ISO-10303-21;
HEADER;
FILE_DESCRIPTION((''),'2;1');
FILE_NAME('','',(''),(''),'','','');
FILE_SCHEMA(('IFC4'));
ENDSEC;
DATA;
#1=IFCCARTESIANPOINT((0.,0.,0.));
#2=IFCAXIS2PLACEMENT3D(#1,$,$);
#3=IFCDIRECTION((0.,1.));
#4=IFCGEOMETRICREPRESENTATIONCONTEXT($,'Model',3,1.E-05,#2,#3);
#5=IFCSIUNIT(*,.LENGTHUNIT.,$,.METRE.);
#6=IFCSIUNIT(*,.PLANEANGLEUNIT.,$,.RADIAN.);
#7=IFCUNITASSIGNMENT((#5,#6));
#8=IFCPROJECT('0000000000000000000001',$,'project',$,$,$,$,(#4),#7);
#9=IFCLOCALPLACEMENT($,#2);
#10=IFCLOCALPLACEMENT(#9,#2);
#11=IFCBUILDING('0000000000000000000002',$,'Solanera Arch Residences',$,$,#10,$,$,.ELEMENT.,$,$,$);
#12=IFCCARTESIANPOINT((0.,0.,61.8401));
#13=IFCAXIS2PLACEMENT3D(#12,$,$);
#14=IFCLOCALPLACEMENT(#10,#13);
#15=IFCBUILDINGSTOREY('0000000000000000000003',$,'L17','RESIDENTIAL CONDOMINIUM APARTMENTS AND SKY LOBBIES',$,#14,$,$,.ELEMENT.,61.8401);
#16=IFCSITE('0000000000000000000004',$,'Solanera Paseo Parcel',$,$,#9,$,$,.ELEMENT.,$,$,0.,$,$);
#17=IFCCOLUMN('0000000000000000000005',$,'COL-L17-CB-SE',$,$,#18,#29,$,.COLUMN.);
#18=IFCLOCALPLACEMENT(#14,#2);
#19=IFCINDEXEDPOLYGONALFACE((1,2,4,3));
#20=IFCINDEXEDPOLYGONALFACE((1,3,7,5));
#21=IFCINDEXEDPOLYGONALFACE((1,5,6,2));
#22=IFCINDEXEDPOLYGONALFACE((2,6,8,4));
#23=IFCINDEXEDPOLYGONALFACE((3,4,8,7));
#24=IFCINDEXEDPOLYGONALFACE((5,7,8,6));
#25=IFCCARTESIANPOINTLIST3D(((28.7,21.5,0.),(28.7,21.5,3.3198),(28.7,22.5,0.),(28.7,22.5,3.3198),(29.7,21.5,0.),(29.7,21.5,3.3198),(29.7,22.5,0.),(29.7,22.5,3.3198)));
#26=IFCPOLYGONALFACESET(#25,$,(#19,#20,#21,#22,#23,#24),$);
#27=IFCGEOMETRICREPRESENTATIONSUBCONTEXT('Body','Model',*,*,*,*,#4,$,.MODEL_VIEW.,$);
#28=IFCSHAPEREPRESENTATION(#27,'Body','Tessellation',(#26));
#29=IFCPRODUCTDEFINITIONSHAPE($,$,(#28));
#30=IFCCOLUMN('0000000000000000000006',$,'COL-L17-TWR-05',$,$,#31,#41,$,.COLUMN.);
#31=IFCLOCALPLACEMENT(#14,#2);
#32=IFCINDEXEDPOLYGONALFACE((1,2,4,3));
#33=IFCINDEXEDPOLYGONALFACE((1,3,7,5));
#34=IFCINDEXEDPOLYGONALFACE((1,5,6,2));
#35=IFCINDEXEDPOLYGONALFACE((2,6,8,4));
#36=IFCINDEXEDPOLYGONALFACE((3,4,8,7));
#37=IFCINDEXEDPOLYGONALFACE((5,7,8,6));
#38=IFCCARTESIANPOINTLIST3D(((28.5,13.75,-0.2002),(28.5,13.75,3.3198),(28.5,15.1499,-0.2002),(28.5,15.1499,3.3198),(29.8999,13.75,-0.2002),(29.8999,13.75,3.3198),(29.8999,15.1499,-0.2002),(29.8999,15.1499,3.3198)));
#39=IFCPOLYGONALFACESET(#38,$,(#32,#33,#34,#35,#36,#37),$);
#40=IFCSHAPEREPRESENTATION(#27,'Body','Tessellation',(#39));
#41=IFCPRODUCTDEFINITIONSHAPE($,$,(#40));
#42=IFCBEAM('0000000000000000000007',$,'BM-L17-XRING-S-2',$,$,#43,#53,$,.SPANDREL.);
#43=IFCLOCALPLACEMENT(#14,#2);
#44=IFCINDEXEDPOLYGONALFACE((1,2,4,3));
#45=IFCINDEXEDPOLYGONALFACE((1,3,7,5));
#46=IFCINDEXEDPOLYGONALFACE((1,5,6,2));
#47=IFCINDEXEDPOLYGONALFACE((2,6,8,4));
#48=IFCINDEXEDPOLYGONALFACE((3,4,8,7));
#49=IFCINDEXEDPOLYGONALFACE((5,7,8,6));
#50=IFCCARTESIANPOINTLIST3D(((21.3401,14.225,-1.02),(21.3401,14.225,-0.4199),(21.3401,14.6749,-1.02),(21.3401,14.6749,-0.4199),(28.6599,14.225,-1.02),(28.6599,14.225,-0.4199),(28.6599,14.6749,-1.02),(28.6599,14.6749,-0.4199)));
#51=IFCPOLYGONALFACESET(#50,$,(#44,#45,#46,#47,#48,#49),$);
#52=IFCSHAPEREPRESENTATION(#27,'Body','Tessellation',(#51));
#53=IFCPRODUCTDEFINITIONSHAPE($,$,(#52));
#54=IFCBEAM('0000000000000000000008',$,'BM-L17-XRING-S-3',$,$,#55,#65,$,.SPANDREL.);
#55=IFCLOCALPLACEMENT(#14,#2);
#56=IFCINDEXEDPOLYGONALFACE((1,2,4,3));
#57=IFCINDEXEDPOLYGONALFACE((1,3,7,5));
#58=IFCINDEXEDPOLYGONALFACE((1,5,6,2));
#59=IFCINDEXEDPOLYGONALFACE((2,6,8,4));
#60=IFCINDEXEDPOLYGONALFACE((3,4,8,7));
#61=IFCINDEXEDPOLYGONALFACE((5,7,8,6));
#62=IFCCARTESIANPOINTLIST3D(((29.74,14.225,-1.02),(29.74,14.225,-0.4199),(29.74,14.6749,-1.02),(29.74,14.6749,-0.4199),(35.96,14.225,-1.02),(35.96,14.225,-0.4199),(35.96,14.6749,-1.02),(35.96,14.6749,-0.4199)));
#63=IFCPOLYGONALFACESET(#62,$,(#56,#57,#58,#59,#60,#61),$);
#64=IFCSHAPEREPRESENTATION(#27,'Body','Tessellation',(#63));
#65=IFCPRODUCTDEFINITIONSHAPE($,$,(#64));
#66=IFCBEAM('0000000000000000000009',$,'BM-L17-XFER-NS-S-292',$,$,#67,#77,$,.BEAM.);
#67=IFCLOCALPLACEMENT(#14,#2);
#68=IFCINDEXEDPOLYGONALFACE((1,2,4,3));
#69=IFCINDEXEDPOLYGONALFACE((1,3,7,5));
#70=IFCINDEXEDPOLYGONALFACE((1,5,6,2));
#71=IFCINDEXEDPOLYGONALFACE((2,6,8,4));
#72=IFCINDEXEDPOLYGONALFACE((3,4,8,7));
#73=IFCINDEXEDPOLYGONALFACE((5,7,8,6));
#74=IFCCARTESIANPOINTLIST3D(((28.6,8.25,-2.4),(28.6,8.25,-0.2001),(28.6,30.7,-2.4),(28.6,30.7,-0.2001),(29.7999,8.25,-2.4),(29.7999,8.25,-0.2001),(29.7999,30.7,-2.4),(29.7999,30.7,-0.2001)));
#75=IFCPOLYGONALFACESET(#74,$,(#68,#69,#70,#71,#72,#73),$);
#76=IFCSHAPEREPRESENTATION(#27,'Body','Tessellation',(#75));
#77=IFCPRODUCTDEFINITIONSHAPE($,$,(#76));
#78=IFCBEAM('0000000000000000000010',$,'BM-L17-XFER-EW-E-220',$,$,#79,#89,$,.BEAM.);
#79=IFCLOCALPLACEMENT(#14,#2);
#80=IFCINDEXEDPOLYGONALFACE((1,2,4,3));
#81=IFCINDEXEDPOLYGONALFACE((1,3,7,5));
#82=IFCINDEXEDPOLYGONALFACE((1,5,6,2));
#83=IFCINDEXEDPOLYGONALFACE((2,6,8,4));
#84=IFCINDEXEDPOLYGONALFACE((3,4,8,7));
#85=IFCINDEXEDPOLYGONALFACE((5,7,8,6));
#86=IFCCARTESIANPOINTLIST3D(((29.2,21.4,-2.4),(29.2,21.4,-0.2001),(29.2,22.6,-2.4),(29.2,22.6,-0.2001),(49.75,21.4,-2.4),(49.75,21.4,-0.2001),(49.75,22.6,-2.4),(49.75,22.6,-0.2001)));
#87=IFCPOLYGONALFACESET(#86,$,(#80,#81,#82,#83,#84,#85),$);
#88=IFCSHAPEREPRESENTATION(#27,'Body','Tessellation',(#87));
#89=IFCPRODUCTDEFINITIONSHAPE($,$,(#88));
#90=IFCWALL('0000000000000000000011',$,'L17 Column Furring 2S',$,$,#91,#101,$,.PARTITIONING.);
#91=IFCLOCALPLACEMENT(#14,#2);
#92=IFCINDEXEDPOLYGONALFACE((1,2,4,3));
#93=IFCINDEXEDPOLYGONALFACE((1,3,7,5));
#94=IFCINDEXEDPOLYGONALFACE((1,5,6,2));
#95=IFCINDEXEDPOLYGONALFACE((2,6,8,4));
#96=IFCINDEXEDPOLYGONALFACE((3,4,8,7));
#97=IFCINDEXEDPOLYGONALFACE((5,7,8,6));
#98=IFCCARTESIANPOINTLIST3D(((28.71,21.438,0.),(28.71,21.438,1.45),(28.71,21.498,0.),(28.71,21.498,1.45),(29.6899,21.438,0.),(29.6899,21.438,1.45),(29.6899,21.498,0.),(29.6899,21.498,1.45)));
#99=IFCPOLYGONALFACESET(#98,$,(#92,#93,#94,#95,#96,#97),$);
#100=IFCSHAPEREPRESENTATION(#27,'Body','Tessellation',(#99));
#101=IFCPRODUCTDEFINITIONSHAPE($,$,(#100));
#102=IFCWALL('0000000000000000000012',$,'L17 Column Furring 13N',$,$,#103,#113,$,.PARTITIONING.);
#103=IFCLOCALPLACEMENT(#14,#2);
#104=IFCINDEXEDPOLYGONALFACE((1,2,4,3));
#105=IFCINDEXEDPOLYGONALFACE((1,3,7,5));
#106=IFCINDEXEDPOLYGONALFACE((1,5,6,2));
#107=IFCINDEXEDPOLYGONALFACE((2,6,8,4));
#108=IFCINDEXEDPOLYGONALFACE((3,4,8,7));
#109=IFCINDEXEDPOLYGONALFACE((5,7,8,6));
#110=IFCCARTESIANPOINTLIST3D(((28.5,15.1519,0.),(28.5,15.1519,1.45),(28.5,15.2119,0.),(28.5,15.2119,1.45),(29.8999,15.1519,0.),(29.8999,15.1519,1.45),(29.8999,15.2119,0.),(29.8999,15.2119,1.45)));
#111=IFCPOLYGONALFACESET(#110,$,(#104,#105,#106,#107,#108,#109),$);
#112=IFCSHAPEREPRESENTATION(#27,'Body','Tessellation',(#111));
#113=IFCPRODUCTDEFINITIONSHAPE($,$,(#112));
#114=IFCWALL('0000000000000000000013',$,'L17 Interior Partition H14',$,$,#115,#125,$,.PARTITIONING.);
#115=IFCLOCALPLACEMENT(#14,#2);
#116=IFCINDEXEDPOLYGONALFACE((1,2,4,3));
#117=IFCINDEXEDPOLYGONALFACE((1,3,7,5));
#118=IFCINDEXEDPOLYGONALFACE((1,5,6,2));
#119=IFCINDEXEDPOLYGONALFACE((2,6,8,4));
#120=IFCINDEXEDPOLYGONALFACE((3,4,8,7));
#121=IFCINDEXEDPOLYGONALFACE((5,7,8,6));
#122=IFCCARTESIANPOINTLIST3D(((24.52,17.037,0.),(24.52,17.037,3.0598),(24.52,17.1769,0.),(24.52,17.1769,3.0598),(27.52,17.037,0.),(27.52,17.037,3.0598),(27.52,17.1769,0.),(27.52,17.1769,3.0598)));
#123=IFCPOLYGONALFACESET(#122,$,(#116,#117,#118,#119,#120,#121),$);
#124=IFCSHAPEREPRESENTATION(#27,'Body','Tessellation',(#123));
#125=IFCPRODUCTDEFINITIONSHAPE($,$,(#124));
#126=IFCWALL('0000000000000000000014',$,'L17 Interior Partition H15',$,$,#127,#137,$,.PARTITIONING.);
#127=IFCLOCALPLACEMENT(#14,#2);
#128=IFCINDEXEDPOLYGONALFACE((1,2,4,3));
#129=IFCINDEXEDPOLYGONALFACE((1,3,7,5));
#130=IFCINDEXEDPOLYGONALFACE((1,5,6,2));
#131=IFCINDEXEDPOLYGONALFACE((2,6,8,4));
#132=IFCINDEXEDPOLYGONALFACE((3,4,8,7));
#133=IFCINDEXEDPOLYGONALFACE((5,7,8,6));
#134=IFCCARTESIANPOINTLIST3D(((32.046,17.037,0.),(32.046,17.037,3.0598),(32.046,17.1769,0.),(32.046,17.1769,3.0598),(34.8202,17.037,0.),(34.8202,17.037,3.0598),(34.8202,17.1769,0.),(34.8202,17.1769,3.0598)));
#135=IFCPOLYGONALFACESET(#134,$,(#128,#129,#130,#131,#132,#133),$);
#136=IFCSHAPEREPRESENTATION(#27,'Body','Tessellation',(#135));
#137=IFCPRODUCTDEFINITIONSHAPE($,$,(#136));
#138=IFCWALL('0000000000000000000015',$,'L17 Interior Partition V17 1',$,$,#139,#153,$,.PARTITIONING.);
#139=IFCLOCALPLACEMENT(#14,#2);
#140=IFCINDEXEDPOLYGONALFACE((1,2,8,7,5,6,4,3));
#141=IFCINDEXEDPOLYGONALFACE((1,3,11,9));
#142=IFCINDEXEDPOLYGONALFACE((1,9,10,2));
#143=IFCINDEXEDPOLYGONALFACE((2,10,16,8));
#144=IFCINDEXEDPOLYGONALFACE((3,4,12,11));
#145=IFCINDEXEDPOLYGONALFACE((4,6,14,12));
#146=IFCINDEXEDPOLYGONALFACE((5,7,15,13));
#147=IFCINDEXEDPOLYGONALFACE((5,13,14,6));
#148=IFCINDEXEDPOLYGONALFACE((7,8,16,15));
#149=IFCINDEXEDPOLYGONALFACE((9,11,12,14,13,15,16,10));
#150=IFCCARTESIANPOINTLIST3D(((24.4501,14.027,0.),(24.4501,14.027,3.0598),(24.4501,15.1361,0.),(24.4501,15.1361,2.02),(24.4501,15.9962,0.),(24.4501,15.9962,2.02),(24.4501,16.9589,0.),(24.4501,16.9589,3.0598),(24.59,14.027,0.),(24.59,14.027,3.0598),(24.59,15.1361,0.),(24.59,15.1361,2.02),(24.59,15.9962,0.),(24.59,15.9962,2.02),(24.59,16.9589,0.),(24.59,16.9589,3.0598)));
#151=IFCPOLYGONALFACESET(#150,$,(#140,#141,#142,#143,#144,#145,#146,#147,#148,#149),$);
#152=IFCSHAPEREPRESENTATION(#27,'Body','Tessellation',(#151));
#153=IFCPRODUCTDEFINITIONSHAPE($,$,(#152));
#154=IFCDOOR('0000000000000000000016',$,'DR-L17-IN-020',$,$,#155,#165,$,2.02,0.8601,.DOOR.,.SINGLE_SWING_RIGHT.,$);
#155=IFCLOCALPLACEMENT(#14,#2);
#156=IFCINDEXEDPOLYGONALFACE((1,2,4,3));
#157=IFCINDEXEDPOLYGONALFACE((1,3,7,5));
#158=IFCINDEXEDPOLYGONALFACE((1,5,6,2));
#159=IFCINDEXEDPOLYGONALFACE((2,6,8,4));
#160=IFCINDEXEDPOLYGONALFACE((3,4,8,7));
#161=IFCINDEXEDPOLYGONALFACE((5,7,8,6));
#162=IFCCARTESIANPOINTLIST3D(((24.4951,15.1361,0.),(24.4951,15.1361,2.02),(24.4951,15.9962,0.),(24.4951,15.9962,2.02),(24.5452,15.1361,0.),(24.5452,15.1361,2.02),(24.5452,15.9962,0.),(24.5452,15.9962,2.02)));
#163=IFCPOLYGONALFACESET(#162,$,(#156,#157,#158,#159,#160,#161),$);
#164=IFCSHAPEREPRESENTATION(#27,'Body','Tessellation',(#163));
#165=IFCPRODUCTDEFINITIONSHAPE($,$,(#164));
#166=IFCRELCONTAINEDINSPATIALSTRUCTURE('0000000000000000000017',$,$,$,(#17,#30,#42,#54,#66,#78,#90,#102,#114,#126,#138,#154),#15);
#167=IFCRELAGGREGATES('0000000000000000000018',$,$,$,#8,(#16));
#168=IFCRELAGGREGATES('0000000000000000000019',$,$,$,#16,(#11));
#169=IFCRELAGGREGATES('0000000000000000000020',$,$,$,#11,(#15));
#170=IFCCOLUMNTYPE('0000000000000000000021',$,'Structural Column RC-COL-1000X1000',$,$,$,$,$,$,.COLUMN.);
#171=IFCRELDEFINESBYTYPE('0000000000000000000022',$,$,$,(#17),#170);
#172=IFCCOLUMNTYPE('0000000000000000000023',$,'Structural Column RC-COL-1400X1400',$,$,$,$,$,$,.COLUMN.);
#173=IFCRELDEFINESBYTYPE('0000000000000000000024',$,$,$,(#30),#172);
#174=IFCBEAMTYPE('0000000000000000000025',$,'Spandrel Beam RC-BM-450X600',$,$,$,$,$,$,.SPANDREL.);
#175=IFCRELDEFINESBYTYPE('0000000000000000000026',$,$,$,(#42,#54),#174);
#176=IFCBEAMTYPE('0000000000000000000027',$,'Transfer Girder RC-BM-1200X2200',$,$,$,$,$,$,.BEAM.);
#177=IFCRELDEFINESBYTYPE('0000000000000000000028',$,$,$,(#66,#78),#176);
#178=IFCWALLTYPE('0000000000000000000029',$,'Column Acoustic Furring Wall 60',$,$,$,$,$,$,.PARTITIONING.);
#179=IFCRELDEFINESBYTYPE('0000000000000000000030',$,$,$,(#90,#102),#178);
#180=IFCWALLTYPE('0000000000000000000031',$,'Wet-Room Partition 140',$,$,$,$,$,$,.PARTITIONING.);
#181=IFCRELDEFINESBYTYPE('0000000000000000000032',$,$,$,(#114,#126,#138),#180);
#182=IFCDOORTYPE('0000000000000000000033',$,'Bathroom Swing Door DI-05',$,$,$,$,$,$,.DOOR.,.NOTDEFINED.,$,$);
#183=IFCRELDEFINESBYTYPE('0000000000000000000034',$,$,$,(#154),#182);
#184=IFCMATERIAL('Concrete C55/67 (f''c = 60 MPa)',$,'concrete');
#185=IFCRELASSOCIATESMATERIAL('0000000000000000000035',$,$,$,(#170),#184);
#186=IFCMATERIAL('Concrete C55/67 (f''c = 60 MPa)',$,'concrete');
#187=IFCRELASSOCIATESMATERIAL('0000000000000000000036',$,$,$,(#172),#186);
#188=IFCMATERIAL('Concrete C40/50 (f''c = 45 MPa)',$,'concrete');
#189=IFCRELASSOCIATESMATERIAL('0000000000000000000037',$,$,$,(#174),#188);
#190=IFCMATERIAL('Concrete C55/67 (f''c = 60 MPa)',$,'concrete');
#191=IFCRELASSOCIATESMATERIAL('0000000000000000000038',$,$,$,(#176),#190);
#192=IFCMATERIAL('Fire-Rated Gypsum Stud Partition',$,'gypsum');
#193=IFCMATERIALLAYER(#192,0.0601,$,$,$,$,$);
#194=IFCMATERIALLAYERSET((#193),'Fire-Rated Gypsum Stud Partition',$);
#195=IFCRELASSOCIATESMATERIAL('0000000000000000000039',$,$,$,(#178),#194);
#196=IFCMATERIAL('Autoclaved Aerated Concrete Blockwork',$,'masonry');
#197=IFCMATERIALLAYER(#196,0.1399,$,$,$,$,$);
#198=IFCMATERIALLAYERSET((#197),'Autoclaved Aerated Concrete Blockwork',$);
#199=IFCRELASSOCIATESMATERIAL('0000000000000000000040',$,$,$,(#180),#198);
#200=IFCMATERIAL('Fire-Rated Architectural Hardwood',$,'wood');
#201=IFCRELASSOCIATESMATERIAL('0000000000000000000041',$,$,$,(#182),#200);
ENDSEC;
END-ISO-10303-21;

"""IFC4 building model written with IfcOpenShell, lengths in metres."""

from ifc_helpers import new_model, si_unit, direction, frame, frame_2d, origin, origin_2d, place, context, subcontext, project, spatial, rectangle, extrude, material, layer, layer_set, material_profile, profile_set, type_object, element, fill, save


model = new_model("IFC4")

# Units and contexts
model_context = context("Model", 3, precision=1e-05, world=origin(), true_north=direction((0.0, 1.0)))
body_context = subcontext(model_context, "Body", "Model", "MODEL_VIEW")
ifc_project = project(units=[si_unit("LENGTHUNIT", "METRE"), si_unit("PLANEANGLEUNIT", "RADIAN")], contexts=[model_context])

# Site, building, storey
site_placement = place(None, origin())
site = spatial("IfcSite", under=ifc_project, at=site_placement, Name="Solanera Paseo Parcel", CompositionType="ELEMENT", RefElevation=0.0)
building_placement = place(site_placement, origin())
building = spatial("IfcBuilding", under=site, at=building_placement, Name="Solanera Arch Residences", CompositionType="ELEMENT")
storey_placement = place(building_placement, frame((0.0, 0.0, 61.8401)))
storey = spatial("IfcBuildingStorey", under=building, at=storey_placement, Name="L17", Description="RESIDENTIAL CONDOMINIUM APARTMENTS AND SKY LOBBIES", CompositionType="ELEMENT", Elevation=61.8401)

# Columns
ifc_material_1 = material(Name="Concrete C55/67 (f'c = 60 MPa)", Category="concrete")
ifc_material_profile_1 = material_profile(ifc_material_1, rectangle(XDim=1.0, YDim=1.0, at=origin_2d()))
ifc_profile_set_1 = profile_set([ifc_material_profile_1], Name="Concrete C55/67 (f'c = 60 MPa)")
column_type_1 = type_object("IfcColumnType", Name="Structural Column RC-COL-1000X1000", PredefinedType="COLUMN", material=ifc_profile_set_1)
column_1_placement = place(storey_placement, frame((29.2, 22.0, 0.0), z_axis=(0.0, 0.0, 1.0), x_axis=(1.0, 0.0, 0.0)))
element("IfcColumn", 1, at=column_1_placement, inside=storey, type_object=column_type_1, Name="COL-L17-CB-SE", PredefinedType="COLUMN", context=body_context, shape_type="SweptSolid", body=[
    extrude(rectangle(XDim=1.0, YDim=1.0, at=origin_2d()), origin(), (0.0, 0.0, 1.0), 3.3198),
])
ifc_material_2 = material(Name="Concrete C55/67 (f'c = 60 MPa)", Category="concrete")
ifc_material_profile_2 = material_profile(ifc_material_2, rectangle(XDim=1.3999, YDim=1.3999, at=origin_2d()))
ifc_profile_set_2 = profile_set([ifc_material_profile_2], Name="Concrete C55/67 (f'c = 60 MPa)")
column_type_2 = type_object("IfcColumnType", Name="Structural Column RC-COL-1400X1400", PredefinedType="COLUMN", material=ifc_profile_set_2)
column_2_placement = place(storey_placement, frame((29.2, 14.45, -0.2002), z_axis=(0.0, 0.0, 1.0), x_axis=(1.0, 0.0, 0.0)))
element("IfcColumn", 2, at=column_2_placement, inside=storey, type_object=column_type_2, Name="COL-L17-TWR-05", PredefinedType="COLUMN", context=body_context, shape_type="SweptSolid", body=[
    extrude(rectangle(XDim=1.3999, YDim=1.3999, at=origin_2d()), origin(), (0.0, 0.0, 1.0), 3.52),
])

# Beams
ifc_material_3 = material(Name="Concrete C40/50 (f'c = 45 MPa)", Category="concrete")
ifc_material_profile_3 = material_profile(ifc_material_3, rectangle(XDim=0.45, YDim=0.6001, at=origin_2d()))
ifc_profile_set_3 = profile_set([ifc_material_profile_3], Name="Concrete C40/50 (f'c = 45 MPa)")
beam_type_1 = type_object("IfcBeamType", Name="Spandrel Beam RC-BM-450X600", PredefinedType="SPANDREL", material=ifc_profile_set_3)
beam_1_placement = place(storey_placement, frame((21.3401, 14.45, -0.72), z_axis=(1.0, 0.0, 0.0), x_axis=(0.0, 1.0, 0.0)))
element("IfcBeam", 3, at=beam_1_placement, inside=storey, type_object=beam_type_1, Name="BM-L17-XRING-S-2", PredefinedType="SPANDREL", context=body_context, shape_type="SweptSolid", body=[
    extrude(rectangle(XDim=0.45, YDim=0.6001, at=origin_2d()), origin(), (0.0, 0.0, 1.0), 7.3198),
])
beam_2_placement = place(storey_placement, frame((29.74, 14.45, -0.72), z_axis=(1.0, 0.0, 0.0), x_axis=(0.0, 1.0, 0.0)))
element("IfcBeam", 4, at=beam_2_placement, inside=storey, type_object=beam_type_1, Name="BM-L17-XRING-S-3", PredefinedType="SPANDREL", context=body_context, shape_type="SweptSolid", body=[
    extrude(rectangle(XDim=0.45, YDim=0.6001, at=origin_2d()), origin(), (0.0, 0.0, 1.0), 6.22),
])
ifc_material_4 = material(Name="Concrete C55/67 (f'c = 60 MPa)", Category="concrete")
ifc_material_profile_4 = material_profile(ifc_material_4, rectangle(XDim=1.2, YDim=2.2, at=origin_2d()))
ifc_profile_set_4 = profile_set([ifc_material_profile_4], Name="Concrete C55/67 (f'c = 60 MPa)")
beam_type_2 = type_object("IfcBeamType", Name="Transfer Girder RC-BM-1200X2200", PredefinedType="BEAM", material=ifc_profile_set_4)
beam_3_placement = place(storey_placement, frame((29.2, 8.25, -1.3), z_axis=(0.0, 1.0, 0.0), x_axis=(-1.0, 0.0, 0.0)))
element("IfcBeam", 5, at=beam_3_placement, inside=storey, type_object=beam_type_2, Name="BM-L17-XFER-NS-S-292", PredefinedType="BEAM", context=body_context, shape_type="SweptSolid", body=[
    extrude(rectangle(XDim=1.2, YDim=2.2, at=origin_2d()), origin(), (0.0, 0.0, 1.0), 22.45),
])
beam_4_placement = place(storey_placement, frame((29.2, 22.0, -1.3), z_axis=(1.0, 0.0, 0.0), x_axis=(0.0, 1.0, 0.0)))
element("IfcBeam", 6, at=beam_4_placement, inside=storey, type_object=beam_type_2, Name="BM-L17-XFER-EW-E-220", PredefinedType="BEAM", context=body_context, shape_type="SweptSolid", body=[
    extrude(rectangle(XDim=1.2, YDim=2.2, at=origin_2d()), origin(), (0.0, 0.0, 1.0), 20.55),
])

# Walls
ifc_material_5 = material(Name="Fire-Rated Gypsum Stud Partition", Category="gypsum")
ifc_layer_1 = layer(ifc_material_5, 0.0601)
ifc_layer_set_1 = layer_set([ifc_layer_1], Name="Fire-Rated Gypsum Stud Partition")
wall_type_1 = type_object("IfcWallType", Name="Column Acoustic Furring Wall 60", PredefinedType="PARTITIONING", material=ifc_layer_set_1)
wall_1_placement = place(storey_placement, frame((28.71, 21.468, 0.0), z_axis=(0.0, 0.0, 1.0), x_axis=(1.0, 0.0, 0.0)))
element("IfcWall", 7, at=wall_1_placement, inside=storey, type_object=wall_type_1, Name="L17 Column Furring 2S", PredefinedType="PARTITIONING", context=body_context, shape_type="SweptSolid", body=[
    extrude(rectangle(XDim=0.98, YDim=0.0601, at=frame_2d((0.49, 0.0))), origin(), (0.0, 0.0, 1.0), 1.45),
])
wall_2_placement = place(storey_placement, frame((28.5, 15.1819, 0.0), z_axis=(0.0, 0.0, 1.0), x_axis=(1.0, 0.0, 0.0)))
element("IfcWall", 8, at=wall_2_placement, inside=storey, type_object=wall_type_1, Name="L17 Column Furring 13N", PredefinedType="PARTITIONING", context=body_context, shape_type="SweptSolid", body=[
    extrude(rectangle(XDim=1.3999, YDim=0.0601, at=frame_2d((0.7, 0.0))), origin(), (0.0, 0.0, 1.0), 1.45),
])
ifc_material_6 = material(Name="Autoclaved Aerated Concrete Blockwork", Category="masonry")
ifc_layer_2 = layer(ifc_material_6, 0.1399)
ifc_layer_set_2 = layer_set([ifc_layer_2], Name="Autoclaved Aerated Concrete Blockwork")
wall_type_2 = type_object("IfcWallType", Name="Wet-Room Partition 140", PredefinedType="PARTITIONING", material=ifc_layer_set_2)
wall_3_placement = place(storey_placement, frame((24.52, 17.1069, 0.0), z_axis=(0.0, 0.0, 1.0), x_axis=(1.0, 0.0, 0.0)))
element("IfcWall", 9, at=wall_3_placement, inside=storey, type_object=wall_type_2, Name="L17 Interior Partition H14", PredefinedType="PARTITIONING", context=body_context, shape_type="SweptSolid", body=[
    extrude(rectangle(XDim=3.0, YDim=0.1399, at=frame_2d((1.5, 0.0))), origin(), (0.0, 0.0, 1.0), 3.0598),
])
wall_4_placement = place(storey_placement, frame((32.0459, 17.1069, 0.0), z_axis=(0.0, 0.0, 1.0), x_axis=(1.0, 0.0, 0.0)))
element("IfcWall", 10, at=wall_4_placement, inside=storey, type_object=wall_type_2, Name="L17 Interior Partition H15", PredefinedType="PARTITIONING", context=body_context, shape_type="SweptSolid", body=[
    extrude(rectangle(XDim=2.7742, YDim=0.1399, at=frame_2d((1.3872, 0.0))), origin(), (0.0, 0.0, 1.0), 3.0598),
])

# Wall, opening, door
wall_5_placement = place(storey_placement, frame((24.52, 14.0271, 0.0), z_axis=(0.0, 0.0, 1.0), x_axis=(0.0, 1.0, 0.0)))
wall_5 = element("IfcWall", 11, at=wall_5_placement, inside=storey, type_object=wall_type_2, Name="L17 Interior Partition V17 1", PredefinedType="PARTITIONING", context=body_context, shape_type="SweptSolid", body=[
    extrude(rectangle(XDim=2.9319, YDim=0.1399, at=frame_2d((1.4658, 0.0))), origin(), (0.0, 0.0, 1.0), 3.0598),
])
opening_1_placement = place(wall_5_placement, frame((1.1089, 0.0, 0.0)))
opening_1 = element("IfcOpeningElement", 12, at=opening_1_placement, cuts=wall_5, PredefinedType="OPENING", context=body_context, shape_type="SweptSolid", body=[
    extrude(rectangle(XDim=0.8601, YDim=2.02, at=frame_2d((0.4302, 1.01))), frame((0.0, 0.0798, 0.0), z_axis=(0.0, -1.0, 0.0), x_axis=(1.0, 0.0, 0.0)), (0.0, 0.0, 1.0), 0.1599),
])
ifc_material_7 = material(Name="Fire-Rated Architectural Hardwood", Category="wood")
door_type_1 = type_object("IfcDoorType", Name="Bathroom Swing Door DI-05", OperationType="NOTDEFINED", PredefinedType="DOOR", material=ifc_material_7)
door_1_placement = place(opening_1_placement, origin())
door_1 = element("IfcDoor", 13, at=door_1_placement, inside=storey, type_object=door_type_1, Name="DR-L17-IN-020", OperationType="SINGLE_SWING_RIGHT", OverallHeight=2.02, OverallWidth=0.8601, PredefinedType="DOOR", context=body_context, shape_type="SweptSolid", body=[
    extrude(rectangle(XDim=0.8601, YDim=2.02, at=frame_2d((0.4302, 1.01))), frame((0.0, 0.0249, 0.0), z_axis=(0.0, -1.0, 0.0), x_axis=(1.0, 0.0, 0.0)), (0.0, 0.0, 1.0), 0.05),
])
fill(opening_1, door_1)

save(model, "model.ifc")
